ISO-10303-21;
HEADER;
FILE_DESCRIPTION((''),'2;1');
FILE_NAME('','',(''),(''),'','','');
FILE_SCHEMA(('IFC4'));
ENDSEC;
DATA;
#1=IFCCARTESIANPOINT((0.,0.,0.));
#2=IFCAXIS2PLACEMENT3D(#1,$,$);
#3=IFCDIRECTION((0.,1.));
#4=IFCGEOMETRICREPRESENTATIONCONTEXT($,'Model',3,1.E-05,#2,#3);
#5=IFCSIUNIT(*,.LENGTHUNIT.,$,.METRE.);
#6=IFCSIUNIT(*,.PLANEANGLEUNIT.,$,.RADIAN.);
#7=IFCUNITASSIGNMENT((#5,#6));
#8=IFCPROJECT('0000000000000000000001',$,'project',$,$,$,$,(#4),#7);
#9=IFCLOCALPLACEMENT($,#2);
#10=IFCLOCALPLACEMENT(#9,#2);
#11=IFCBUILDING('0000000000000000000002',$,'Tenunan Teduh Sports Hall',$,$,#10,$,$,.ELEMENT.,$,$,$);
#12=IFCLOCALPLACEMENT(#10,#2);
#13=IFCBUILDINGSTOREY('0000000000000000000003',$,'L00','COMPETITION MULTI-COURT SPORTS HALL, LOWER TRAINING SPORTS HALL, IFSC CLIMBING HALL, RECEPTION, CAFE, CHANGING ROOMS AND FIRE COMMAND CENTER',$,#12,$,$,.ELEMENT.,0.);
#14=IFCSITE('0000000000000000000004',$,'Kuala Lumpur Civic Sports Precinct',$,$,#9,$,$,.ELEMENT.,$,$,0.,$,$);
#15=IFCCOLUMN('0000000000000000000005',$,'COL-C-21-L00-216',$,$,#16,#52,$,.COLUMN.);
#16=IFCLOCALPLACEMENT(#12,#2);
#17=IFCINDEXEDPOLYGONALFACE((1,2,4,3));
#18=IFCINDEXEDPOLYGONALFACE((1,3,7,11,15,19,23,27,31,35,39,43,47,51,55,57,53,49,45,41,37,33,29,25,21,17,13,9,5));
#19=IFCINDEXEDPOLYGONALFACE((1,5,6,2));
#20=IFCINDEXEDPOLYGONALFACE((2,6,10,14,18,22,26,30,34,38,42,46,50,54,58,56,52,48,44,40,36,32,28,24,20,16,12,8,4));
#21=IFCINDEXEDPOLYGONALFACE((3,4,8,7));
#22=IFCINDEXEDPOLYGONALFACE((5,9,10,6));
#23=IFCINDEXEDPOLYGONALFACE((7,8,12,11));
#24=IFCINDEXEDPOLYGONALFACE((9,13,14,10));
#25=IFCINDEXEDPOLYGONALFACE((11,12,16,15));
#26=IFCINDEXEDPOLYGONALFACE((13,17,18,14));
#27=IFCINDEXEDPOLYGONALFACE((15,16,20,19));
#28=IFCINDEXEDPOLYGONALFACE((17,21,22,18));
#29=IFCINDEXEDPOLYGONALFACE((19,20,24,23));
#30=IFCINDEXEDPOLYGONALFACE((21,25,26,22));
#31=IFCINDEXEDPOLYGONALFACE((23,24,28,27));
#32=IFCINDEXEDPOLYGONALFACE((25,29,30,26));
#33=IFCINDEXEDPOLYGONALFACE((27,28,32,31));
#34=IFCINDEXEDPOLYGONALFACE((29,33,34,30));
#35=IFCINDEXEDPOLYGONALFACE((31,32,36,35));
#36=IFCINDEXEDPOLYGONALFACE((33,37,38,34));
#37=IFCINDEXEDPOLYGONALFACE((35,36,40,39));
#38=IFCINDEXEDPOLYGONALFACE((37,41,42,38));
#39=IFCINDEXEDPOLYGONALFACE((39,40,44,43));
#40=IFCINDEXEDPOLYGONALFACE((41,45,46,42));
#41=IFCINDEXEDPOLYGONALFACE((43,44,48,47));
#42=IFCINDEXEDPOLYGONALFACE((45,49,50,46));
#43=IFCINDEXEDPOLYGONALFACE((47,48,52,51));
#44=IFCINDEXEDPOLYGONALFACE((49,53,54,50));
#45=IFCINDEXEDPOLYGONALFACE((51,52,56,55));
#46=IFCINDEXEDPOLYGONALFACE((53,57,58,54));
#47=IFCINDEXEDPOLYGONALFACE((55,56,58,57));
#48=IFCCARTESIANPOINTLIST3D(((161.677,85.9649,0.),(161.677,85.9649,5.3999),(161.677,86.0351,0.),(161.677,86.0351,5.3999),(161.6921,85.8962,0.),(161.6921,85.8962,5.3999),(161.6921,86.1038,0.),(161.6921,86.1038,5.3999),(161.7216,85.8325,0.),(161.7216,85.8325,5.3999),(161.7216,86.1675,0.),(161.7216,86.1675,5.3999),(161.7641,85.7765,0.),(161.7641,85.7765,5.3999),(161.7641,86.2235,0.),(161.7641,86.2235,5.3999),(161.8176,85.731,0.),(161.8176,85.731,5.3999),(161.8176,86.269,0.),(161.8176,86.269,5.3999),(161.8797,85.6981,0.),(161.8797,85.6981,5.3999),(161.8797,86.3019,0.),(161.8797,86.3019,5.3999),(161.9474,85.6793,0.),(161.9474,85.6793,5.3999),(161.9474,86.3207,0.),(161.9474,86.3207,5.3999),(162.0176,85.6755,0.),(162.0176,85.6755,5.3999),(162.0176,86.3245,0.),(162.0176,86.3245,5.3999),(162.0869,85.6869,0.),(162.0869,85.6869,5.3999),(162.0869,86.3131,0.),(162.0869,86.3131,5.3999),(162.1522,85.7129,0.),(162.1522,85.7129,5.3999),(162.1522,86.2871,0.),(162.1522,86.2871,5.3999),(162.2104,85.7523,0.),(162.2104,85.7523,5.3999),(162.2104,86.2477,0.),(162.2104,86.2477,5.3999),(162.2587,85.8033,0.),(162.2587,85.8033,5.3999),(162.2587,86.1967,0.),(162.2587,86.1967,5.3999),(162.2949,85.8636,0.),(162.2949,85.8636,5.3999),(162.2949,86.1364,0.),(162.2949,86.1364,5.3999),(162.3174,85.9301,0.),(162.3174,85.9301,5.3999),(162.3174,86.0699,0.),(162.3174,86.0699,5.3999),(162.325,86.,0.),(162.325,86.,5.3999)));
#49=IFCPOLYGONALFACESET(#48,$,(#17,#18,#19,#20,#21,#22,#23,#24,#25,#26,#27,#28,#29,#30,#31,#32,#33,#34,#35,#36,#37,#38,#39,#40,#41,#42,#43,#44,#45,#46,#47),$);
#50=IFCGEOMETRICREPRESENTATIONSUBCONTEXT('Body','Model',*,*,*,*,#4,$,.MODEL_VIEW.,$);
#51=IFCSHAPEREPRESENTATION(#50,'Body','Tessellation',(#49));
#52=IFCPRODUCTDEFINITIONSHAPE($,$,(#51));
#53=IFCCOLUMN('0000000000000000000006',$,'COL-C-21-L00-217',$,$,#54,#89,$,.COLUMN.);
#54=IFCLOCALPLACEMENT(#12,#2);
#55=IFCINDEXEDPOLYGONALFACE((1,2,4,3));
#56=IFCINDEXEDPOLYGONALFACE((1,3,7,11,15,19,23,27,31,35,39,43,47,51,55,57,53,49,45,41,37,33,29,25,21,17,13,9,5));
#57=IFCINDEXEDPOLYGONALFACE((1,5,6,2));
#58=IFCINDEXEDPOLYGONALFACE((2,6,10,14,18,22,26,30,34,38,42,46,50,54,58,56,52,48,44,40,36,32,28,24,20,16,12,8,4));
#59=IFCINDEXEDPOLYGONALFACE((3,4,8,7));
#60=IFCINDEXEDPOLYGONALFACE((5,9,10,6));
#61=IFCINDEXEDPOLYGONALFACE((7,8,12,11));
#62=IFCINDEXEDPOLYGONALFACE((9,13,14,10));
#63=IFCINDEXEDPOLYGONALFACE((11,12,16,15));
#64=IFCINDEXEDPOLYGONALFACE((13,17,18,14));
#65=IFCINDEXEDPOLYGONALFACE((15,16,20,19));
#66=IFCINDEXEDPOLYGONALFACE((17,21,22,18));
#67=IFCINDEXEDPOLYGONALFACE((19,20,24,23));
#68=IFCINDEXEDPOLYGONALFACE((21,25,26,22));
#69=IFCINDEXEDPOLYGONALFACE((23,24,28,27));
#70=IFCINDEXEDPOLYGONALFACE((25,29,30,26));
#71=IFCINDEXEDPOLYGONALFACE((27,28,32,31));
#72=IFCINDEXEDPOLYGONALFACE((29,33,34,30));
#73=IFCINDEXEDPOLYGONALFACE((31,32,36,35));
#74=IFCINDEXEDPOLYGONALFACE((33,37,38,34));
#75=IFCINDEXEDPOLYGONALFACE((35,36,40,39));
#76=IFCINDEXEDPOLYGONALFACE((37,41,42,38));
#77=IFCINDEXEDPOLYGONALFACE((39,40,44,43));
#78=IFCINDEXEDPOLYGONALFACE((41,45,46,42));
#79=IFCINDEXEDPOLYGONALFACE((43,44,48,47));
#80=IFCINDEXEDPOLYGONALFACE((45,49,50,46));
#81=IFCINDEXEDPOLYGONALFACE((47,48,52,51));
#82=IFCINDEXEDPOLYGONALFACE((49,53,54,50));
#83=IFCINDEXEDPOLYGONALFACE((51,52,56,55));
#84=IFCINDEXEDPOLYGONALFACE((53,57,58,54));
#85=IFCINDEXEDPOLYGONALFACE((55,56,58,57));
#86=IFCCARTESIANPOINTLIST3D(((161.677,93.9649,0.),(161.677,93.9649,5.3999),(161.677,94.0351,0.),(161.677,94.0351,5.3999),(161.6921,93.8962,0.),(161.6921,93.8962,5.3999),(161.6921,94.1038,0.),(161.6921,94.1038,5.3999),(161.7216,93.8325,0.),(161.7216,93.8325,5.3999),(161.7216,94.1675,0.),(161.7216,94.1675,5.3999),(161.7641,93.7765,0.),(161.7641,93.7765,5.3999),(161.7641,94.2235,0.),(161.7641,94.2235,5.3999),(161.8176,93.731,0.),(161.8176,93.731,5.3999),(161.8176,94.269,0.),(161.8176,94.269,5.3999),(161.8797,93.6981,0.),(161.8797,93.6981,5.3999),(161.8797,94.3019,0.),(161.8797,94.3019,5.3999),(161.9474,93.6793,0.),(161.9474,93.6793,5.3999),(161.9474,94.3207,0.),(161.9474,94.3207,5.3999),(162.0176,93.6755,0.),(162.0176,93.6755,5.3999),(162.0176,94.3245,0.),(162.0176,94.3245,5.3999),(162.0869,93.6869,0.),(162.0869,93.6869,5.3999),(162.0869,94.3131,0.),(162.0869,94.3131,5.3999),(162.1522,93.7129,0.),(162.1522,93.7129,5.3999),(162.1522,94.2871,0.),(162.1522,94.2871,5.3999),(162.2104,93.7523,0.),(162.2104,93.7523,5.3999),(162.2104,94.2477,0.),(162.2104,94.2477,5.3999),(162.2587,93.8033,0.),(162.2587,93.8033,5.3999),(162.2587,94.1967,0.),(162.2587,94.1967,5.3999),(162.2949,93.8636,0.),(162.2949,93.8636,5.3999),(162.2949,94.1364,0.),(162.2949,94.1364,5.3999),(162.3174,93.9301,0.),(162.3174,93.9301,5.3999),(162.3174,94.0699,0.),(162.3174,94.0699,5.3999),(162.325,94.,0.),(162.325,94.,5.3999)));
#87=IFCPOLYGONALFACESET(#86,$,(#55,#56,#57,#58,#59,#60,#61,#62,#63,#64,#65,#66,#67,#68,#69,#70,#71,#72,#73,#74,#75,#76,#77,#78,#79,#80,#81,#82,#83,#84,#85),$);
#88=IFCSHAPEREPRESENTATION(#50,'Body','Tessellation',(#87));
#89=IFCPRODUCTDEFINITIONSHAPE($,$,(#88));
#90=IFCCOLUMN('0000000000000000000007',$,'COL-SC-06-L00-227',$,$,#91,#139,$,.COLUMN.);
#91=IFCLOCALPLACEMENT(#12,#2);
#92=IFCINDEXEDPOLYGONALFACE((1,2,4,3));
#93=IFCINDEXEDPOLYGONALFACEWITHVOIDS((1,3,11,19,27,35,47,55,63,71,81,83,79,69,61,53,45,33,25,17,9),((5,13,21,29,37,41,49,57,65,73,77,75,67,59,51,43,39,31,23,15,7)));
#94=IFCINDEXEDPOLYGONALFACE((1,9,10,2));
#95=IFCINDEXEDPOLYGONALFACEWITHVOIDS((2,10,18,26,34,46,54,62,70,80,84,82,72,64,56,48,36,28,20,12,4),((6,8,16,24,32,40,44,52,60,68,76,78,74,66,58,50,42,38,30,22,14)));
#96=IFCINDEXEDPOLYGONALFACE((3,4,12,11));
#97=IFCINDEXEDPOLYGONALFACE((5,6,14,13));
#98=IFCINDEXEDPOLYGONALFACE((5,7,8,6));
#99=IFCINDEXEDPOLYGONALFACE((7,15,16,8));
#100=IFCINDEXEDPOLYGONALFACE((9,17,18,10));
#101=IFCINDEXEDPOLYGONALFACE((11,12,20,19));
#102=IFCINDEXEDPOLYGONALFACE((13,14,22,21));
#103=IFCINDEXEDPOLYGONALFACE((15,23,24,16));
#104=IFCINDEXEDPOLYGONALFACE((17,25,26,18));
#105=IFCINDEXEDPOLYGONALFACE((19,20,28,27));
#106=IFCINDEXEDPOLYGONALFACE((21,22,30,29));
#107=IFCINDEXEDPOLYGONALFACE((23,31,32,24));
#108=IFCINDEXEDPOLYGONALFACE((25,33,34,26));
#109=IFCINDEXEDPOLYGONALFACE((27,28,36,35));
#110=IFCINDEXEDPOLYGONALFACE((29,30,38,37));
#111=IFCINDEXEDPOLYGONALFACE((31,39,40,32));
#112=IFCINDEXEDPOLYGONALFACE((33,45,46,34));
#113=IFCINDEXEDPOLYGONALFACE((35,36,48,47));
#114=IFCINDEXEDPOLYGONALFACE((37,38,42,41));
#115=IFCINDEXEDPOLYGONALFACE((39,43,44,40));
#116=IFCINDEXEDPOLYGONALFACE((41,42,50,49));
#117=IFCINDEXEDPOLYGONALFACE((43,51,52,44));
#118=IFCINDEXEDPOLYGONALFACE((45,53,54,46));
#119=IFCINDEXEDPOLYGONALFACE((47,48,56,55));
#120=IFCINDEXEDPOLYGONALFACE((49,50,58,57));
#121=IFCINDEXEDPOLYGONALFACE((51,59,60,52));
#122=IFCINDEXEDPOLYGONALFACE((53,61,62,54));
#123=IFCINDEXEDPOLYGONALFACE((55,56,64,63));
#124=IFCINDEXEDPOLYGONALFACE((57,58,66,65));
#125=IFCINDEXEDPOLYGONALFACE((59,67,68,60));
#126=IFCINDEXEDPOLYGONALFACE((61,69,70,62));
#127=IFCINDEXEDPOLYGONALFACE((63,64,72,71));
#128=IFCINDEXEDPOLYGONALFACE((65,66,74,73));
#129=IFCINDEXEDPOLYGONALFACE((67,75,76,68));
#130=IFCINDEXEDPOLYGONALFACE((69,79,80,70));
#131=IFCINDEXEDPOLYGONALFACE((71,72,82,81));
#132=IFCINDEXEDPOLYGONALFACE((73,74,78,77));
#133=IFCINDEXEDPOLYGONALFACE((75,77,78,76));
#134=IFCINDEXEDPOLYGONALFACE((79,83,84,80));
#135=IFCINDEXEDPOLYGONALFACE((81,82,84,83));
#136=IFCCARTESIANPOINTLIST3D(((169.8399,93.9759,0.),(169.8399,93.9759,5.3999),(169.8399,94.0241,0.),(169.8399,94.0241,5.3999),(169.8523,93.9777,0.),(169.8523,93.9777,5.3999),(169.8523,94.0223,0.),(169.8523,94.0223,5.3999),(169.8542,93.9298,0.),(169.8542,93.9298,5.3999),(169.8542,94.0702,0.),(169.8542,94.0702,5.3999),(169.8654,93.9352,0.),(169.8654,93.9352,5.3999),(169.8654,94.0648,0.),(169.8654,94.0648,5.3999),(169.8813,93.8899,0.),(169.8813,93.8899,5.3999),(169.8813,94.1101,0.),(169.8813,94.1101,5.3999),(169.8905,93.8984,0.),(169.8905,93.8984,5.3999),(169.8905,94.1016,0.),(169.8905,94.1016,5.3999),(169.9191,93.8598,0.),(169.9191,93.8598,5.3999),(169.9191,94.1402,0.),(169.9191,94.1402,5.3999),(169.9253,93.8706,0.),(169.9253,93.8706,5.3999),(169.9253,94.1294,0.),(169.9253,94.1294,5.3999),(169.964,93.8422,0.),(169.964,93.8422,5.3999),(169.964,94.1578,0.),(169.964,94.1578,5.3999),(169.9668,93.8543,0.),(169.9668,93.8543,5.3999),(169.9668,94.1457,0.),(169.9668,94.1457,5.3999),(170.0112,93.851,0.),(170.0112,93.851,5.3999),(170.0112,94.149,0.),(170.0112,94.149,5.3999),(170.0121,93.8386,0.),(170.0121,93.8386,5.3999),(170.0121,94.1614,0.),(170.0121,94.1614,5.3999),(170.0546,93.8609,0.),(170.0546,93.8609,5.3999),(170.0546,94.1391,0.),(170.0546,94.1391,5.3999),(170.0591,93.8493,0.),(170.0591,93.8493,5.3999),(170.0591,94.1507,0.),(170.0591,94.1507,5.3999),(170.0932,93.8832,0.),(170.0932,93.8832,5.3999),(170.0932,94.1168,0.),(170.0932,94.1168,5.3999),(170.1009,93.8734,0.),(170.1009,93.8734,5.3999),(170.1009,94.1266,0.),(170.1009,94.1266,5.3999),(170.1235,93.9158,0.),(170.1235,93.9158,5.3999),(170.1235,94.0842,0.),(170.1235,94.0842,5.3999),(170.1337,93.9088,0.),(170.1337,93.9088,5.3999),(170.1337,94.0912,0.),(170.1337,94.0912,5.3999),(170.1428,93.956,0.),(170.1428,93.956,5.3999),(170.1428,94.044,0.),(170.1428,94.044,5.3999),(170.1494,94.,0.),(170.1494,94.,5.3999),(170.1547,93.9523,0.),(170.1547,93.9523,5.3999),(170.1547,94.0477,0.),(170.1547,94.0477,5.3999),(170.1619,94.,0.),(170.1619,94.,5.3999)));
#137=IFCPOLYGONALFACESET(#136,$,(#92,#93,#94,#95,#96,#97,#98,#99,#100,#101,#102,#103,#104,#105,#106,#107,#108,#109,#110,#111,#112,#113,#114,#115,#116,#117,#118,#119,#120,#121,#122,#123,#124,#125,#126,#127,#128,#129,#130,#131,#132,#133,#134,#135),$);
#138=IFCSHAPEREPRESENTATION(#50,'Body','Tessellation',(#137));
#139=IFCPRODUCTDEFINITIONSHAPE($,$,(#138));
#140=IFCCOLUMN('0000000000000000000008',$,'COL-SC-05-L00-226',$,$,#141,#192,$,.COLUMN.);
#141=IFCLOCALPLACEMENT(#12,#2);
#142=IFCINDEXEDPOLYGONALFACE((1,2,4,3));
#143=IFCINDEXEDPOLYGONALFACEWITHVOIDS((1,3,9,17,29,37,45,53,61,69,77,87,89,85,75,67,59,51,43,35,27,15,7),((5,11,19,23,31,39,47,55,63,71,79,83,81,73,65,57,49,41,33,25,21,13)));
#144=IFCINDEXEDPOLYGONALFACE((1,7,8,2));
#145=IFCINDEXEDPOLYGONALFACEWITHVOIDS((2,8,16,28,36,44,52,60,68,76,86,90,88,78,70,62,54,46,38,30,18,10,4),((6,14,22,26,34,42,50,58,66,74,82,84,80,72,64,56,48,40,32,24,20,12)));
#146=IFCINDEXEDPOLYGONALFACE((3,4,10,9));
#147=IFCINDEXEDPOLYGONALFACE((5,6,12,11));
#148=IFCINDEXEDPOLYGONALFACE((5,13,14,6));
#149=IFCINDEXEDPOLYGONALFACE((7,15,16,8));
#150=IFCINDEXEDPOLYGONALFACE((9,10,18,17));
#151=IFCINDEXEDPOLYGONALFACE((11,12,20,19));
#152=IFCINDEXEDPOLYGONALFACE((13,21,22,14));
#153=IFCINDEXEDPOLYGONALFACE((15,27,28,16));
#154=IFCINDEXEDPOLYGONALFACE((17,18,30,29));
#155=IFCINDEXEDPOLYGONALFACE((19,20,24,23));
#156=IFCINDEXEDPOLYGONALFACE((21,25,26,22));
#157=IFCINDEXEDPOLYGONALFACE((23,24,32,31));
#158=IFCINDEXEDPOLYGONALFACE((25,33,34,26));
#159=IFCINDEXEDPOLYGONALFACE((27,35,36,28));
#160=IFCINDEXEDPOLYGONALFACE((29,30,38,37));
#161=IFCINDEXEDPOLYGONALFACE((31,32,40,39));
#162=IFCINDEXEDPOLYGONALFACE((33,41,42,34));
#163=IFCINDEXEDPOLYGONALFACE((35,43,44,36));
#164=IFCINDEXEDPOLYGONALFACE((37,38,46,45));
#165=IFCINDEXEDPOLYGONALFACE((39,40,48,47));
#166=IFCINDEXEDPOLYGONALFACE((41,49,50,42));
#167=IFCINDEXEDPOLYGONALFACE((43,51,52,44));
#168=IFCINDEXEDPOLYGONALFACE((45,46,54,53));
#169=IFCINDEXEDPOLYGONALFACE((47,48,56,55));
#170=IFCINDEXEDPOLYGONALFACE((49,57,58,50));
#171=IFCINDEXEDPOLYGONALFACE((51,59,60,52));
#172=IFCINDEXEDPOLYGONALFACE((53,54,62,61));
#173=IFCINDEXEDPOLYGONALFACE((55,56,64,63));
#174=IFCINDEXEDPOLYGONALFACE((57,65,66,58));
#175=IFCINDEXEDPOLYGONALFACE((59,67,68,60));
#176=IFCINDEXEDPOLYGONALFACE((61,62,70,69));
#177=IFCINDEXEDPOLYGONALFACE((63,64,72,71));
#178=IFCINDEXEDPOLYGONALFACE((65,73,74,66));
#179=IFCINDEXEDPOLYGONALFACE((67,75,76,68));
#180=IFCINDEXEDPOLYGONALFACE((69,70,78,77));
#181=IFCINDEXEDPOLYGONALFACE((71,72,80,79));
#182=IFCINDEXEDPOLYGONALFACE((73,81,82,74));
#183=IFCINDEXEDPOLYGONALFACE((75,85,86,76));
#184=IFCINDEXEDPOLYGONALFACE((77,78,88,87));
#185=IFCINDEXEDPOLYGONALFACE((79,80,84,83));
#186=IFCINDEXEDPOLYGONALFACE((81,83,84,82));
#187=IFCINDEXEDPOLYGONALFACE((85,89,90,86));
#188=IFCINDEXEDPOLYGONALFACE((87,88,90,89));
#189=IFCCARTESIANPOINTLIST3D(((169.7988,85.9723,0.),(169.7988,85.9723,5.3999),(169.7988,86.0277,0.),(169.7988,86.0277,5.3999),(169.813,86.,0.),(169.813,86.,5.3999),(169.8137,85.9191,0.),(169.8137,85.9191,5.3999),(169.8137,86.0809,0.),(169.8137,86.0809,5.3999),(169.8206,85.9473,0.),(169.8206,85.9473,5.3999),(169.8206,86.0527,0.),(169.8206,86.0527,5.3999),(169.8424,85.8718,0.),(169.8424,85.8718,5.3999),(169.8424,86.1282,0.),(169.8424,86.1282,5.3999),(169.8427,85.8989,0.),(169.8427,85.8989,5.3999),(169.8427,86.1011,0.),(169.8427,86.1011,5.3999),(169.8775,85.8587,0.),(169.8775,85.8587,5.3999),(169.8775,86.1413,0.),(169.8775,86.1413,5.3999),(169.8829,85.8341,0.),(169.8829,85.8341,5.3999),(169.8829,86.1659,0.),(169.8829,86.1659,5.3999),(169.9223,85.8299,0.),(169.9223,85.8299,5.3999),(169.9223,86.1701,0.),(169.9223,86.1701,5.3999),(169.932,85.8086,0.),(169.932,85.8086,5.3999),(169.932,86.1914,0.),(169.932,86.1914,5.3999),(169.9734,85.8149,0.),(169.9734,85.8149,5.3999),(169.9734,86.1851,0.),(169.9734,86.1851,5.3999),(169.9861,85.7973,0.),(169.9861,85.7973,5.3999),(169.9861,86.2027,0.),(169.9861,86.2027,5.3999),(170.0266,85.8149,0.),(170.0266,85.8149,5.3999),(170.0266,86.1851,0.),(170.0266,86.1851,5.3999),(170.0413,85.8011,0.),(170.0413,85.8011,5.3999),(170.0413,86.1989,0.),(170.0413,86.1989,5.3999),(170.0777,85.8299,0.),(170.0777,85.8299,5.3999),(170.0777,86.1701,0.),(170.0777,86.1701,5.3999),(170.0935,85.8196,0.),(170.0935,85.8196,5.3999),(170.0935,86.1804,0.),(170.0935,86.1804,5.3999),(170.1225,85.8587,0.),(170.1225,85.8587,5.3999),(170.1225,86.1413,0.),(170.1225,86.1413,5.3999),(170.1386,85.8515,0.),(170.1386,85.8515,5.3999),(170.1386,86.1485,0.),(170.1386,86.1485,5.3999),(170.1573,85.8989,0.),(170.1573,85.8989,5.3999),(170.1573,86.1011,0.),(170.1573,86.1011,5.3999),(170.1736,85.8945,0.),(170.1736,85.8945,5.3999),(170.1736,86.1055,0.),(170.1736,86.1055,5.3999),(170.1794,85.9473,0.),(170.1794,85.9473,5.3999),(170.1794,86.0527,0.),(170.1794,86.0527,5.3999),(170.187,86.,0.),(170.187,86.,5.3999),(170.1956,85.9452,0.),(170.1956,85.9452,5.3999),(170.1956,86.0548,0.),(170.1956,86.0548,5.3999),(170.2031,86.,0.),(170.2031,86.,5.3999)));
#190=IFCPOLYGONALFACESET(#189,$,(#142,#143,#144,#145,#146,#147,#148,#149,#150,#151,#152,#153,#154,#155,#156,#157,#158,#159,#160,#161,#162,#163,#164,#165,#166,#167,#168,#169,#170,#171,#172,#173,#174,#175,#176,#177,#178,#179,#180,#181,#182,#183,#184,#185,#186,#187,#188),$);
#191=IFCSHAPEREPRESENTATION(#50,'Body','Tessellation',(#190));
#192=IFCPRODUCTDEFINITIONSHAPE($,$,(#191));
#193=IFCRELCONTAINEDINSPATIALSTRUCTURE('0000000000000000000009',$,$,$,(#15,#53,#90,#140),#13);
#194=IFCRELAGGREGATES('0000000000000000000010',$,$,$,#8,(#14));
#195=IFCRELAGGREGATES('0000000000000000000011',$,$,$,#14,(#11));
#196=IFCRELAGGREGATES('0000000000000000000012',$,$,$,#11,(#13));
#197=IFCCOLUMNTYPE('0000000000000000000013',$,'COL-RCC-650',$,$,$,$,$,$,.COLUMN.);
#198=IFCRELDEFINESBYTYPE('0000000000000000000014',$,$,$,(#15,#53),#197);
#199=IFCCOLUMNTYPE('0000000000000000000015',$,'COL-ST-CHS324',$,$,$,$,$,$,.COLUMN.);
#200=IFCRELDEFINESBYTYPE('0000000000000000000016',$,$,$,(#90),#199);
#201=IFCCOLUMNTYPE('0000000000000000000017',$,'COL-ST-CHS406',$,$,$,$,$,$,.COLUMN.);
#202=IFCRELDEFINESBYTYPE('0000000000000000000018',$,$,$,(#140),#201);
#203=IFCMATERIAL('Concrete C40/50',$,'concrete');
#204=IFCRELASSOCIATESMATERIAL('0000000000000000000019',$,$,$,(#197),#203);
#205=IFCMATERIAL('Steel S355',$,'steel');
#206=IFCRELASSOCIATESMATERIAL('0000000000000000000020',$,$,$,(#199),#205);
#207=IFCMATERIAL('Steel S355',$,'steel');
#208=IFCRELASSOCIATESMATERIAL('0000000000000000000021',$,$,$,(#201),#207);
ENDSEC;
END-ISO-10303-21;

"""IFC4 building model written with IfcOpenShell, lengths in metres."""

from ifc_helpers import new_model, si_unit, direction, frame, origin, origin_2d, place, context, subcontext, project, spatial, circle, hollow_circle, extrude, material, material_profile, profile_set, type_object, element, save


model = new_model("IFC4")

# Units and contexts
model_context = context("Model", 3, precision=1e-05, world=origin(), true_north=direction((0.0, 1.0)))
body_context = subcontext(model_context, "Body", "Model", "MODEL_VIEW")
ifc_project = project(units=[si_unit("LENGTHUNIT", "METRE"), si_unit("PLANEANGLEUNIT", "RADIAN")], contexts=[model_context])

# Site, building, storey
site_placement = place(None, origin())
site = spatial("IfcSite", under=ifc_project, at=site_placement, Name="Kuala Lumpur Civic Sports Precinct", CompositionType="ELEMENT", RefElevation=0.0)
building_placement = place(site_placement, origin())
building = spatial("IfcBuilding", under=site, at=building_placement, Name="Tenunan Teduh Sports Hall", CompositionType="ELEMENT")
storey_placement = place(building_placement, origin())
storey = spatial("IfcBuildingStorey", under=building, at=storey_placement, Name="L00", Description="COMPETITION MULTI-COURT SPORTS HALL, LOWER TRAINING SPORTS HALL, IFSC CLIMBING HALL, RECEPTION, CAFE, CHANGING ROOMS AND FIRE COMMAND CENTER", CompositionType="ELEMENT", Elevation=0.0)

# Columns
ifc_material_1 = material(Name="Concrete C40/50", Category="concrete")
ifc_material_profile_1 = material_profile(ifc_material_1, circle(Radius=0.325, at=origin_2d()), Name="RCC D650")
ifc_profile_set_1 = profile_set([ifc_material_profile_1], Name="Concrete C40/50")
column_type_1 = type_object("IfcColumnType", Name="COL-RCC-650", PredefinedType="COLUMN", material=ifc_profile_set_1)
for number, where, z_axis, x_axis, name in (
    (1, (162.0, 86.0, 0.0), (0.0, 0.0, 1.0), (1.0, 0.0, 0.0), "COL-C-21-L00-216"),
    (2, (162.0, 94.0, 0.0), (0.0, 0.0, 1.0), (1.0, 0.0, 0.0), "COL-C-21-L00-217"),
):
    element("IfcColumn", number, at=place(storey_placement, frame(where, z_axis=z_axis, x_axis=x_axis)), inside=storey, type_object=column_type_1, Name=name, PredefinedType="COLUMN", context=body_context, shape_type="SweptSolid", body=[
        extrude(circle(Radius=0.325, at=origin_2d()), origin(), (0.0, 0.0, 1.0), 5.3999),
    ])
ifc_material_2 = material(Name="Steel S355", Category="steel")
ifc_material_profile_2 = material_profile(ifc_material_2, hollow_circle(Radius=0.1619, WallThickness=0.0125, at=origin_2d()), Name="CHS 323.9x12.5")
ifc_profile_set_2 = profile_set([ifc_material_profile_2], Name="Steel S355")
column_type_2 = type_object("IfcColumnType", Name="COL-ST-CHS324", PredefinedType="COLUMN", material=ifc_profile_set_2)
column_1_placement = place(storey_placement, frame((170.0, 94.0, 0.0), z_axis=(0.0, 0.0, 1.0), x_axis=(1.0, 0.0, 0.0)))
element("IfcColumn", 3, at=column_1_placement, inside=storey, type_object=column_type_2, Name="COL-SC-06-L00-227", PredefinedType="COLUMN", context=body_context, shape_type="SweptSolid", body=[
    extrude(hollow_circle(Radius=0.1619, WallThickness=0.0125, at=origin_2d()), origin(), (0.0, 0.0, 1.0), 5.3999),
])
ifc_material_3 = material(Name="Steel S355", Category="steel")
ifc_material_profile_3 = material_profile(ifc_material_3, hollow_circle(Radius=0.2031, WallThickness=0.0161, at=origin_2d()), Name="CHS 406.4x16.0")
ifc_profile_set_3 = profile_set([ifc_material_profile_3], Name="Steel S355")
column_type_3 = type_object("IfcColumnType", Name="COL-ST-CHS406", PredefinedType="COLUMN", material=ifc_profile_set_3)
column_2_placement = place(storey_placement, frame((170.0, 86.0, 0.0), z_axis=(0.0, 0.0, 1.0), x_axis=(1.0, 0.0, 0.0)))
element("IfcColumn", 4, at=column_2_placement, inside=storey, type_object=column_type_3, Name="COL-SC-05-L00-226", PredefinedType="COLUMN", context=body_context, shape_type="SweptSolid", body=[
    extrude(hollow_circle(Radius=0.2031, WallThickness=0.0161, at=origin_2d()), origin(), (0.0, 0.0, 1.0), 5.3999),
])

save(model, "model.ifc")
